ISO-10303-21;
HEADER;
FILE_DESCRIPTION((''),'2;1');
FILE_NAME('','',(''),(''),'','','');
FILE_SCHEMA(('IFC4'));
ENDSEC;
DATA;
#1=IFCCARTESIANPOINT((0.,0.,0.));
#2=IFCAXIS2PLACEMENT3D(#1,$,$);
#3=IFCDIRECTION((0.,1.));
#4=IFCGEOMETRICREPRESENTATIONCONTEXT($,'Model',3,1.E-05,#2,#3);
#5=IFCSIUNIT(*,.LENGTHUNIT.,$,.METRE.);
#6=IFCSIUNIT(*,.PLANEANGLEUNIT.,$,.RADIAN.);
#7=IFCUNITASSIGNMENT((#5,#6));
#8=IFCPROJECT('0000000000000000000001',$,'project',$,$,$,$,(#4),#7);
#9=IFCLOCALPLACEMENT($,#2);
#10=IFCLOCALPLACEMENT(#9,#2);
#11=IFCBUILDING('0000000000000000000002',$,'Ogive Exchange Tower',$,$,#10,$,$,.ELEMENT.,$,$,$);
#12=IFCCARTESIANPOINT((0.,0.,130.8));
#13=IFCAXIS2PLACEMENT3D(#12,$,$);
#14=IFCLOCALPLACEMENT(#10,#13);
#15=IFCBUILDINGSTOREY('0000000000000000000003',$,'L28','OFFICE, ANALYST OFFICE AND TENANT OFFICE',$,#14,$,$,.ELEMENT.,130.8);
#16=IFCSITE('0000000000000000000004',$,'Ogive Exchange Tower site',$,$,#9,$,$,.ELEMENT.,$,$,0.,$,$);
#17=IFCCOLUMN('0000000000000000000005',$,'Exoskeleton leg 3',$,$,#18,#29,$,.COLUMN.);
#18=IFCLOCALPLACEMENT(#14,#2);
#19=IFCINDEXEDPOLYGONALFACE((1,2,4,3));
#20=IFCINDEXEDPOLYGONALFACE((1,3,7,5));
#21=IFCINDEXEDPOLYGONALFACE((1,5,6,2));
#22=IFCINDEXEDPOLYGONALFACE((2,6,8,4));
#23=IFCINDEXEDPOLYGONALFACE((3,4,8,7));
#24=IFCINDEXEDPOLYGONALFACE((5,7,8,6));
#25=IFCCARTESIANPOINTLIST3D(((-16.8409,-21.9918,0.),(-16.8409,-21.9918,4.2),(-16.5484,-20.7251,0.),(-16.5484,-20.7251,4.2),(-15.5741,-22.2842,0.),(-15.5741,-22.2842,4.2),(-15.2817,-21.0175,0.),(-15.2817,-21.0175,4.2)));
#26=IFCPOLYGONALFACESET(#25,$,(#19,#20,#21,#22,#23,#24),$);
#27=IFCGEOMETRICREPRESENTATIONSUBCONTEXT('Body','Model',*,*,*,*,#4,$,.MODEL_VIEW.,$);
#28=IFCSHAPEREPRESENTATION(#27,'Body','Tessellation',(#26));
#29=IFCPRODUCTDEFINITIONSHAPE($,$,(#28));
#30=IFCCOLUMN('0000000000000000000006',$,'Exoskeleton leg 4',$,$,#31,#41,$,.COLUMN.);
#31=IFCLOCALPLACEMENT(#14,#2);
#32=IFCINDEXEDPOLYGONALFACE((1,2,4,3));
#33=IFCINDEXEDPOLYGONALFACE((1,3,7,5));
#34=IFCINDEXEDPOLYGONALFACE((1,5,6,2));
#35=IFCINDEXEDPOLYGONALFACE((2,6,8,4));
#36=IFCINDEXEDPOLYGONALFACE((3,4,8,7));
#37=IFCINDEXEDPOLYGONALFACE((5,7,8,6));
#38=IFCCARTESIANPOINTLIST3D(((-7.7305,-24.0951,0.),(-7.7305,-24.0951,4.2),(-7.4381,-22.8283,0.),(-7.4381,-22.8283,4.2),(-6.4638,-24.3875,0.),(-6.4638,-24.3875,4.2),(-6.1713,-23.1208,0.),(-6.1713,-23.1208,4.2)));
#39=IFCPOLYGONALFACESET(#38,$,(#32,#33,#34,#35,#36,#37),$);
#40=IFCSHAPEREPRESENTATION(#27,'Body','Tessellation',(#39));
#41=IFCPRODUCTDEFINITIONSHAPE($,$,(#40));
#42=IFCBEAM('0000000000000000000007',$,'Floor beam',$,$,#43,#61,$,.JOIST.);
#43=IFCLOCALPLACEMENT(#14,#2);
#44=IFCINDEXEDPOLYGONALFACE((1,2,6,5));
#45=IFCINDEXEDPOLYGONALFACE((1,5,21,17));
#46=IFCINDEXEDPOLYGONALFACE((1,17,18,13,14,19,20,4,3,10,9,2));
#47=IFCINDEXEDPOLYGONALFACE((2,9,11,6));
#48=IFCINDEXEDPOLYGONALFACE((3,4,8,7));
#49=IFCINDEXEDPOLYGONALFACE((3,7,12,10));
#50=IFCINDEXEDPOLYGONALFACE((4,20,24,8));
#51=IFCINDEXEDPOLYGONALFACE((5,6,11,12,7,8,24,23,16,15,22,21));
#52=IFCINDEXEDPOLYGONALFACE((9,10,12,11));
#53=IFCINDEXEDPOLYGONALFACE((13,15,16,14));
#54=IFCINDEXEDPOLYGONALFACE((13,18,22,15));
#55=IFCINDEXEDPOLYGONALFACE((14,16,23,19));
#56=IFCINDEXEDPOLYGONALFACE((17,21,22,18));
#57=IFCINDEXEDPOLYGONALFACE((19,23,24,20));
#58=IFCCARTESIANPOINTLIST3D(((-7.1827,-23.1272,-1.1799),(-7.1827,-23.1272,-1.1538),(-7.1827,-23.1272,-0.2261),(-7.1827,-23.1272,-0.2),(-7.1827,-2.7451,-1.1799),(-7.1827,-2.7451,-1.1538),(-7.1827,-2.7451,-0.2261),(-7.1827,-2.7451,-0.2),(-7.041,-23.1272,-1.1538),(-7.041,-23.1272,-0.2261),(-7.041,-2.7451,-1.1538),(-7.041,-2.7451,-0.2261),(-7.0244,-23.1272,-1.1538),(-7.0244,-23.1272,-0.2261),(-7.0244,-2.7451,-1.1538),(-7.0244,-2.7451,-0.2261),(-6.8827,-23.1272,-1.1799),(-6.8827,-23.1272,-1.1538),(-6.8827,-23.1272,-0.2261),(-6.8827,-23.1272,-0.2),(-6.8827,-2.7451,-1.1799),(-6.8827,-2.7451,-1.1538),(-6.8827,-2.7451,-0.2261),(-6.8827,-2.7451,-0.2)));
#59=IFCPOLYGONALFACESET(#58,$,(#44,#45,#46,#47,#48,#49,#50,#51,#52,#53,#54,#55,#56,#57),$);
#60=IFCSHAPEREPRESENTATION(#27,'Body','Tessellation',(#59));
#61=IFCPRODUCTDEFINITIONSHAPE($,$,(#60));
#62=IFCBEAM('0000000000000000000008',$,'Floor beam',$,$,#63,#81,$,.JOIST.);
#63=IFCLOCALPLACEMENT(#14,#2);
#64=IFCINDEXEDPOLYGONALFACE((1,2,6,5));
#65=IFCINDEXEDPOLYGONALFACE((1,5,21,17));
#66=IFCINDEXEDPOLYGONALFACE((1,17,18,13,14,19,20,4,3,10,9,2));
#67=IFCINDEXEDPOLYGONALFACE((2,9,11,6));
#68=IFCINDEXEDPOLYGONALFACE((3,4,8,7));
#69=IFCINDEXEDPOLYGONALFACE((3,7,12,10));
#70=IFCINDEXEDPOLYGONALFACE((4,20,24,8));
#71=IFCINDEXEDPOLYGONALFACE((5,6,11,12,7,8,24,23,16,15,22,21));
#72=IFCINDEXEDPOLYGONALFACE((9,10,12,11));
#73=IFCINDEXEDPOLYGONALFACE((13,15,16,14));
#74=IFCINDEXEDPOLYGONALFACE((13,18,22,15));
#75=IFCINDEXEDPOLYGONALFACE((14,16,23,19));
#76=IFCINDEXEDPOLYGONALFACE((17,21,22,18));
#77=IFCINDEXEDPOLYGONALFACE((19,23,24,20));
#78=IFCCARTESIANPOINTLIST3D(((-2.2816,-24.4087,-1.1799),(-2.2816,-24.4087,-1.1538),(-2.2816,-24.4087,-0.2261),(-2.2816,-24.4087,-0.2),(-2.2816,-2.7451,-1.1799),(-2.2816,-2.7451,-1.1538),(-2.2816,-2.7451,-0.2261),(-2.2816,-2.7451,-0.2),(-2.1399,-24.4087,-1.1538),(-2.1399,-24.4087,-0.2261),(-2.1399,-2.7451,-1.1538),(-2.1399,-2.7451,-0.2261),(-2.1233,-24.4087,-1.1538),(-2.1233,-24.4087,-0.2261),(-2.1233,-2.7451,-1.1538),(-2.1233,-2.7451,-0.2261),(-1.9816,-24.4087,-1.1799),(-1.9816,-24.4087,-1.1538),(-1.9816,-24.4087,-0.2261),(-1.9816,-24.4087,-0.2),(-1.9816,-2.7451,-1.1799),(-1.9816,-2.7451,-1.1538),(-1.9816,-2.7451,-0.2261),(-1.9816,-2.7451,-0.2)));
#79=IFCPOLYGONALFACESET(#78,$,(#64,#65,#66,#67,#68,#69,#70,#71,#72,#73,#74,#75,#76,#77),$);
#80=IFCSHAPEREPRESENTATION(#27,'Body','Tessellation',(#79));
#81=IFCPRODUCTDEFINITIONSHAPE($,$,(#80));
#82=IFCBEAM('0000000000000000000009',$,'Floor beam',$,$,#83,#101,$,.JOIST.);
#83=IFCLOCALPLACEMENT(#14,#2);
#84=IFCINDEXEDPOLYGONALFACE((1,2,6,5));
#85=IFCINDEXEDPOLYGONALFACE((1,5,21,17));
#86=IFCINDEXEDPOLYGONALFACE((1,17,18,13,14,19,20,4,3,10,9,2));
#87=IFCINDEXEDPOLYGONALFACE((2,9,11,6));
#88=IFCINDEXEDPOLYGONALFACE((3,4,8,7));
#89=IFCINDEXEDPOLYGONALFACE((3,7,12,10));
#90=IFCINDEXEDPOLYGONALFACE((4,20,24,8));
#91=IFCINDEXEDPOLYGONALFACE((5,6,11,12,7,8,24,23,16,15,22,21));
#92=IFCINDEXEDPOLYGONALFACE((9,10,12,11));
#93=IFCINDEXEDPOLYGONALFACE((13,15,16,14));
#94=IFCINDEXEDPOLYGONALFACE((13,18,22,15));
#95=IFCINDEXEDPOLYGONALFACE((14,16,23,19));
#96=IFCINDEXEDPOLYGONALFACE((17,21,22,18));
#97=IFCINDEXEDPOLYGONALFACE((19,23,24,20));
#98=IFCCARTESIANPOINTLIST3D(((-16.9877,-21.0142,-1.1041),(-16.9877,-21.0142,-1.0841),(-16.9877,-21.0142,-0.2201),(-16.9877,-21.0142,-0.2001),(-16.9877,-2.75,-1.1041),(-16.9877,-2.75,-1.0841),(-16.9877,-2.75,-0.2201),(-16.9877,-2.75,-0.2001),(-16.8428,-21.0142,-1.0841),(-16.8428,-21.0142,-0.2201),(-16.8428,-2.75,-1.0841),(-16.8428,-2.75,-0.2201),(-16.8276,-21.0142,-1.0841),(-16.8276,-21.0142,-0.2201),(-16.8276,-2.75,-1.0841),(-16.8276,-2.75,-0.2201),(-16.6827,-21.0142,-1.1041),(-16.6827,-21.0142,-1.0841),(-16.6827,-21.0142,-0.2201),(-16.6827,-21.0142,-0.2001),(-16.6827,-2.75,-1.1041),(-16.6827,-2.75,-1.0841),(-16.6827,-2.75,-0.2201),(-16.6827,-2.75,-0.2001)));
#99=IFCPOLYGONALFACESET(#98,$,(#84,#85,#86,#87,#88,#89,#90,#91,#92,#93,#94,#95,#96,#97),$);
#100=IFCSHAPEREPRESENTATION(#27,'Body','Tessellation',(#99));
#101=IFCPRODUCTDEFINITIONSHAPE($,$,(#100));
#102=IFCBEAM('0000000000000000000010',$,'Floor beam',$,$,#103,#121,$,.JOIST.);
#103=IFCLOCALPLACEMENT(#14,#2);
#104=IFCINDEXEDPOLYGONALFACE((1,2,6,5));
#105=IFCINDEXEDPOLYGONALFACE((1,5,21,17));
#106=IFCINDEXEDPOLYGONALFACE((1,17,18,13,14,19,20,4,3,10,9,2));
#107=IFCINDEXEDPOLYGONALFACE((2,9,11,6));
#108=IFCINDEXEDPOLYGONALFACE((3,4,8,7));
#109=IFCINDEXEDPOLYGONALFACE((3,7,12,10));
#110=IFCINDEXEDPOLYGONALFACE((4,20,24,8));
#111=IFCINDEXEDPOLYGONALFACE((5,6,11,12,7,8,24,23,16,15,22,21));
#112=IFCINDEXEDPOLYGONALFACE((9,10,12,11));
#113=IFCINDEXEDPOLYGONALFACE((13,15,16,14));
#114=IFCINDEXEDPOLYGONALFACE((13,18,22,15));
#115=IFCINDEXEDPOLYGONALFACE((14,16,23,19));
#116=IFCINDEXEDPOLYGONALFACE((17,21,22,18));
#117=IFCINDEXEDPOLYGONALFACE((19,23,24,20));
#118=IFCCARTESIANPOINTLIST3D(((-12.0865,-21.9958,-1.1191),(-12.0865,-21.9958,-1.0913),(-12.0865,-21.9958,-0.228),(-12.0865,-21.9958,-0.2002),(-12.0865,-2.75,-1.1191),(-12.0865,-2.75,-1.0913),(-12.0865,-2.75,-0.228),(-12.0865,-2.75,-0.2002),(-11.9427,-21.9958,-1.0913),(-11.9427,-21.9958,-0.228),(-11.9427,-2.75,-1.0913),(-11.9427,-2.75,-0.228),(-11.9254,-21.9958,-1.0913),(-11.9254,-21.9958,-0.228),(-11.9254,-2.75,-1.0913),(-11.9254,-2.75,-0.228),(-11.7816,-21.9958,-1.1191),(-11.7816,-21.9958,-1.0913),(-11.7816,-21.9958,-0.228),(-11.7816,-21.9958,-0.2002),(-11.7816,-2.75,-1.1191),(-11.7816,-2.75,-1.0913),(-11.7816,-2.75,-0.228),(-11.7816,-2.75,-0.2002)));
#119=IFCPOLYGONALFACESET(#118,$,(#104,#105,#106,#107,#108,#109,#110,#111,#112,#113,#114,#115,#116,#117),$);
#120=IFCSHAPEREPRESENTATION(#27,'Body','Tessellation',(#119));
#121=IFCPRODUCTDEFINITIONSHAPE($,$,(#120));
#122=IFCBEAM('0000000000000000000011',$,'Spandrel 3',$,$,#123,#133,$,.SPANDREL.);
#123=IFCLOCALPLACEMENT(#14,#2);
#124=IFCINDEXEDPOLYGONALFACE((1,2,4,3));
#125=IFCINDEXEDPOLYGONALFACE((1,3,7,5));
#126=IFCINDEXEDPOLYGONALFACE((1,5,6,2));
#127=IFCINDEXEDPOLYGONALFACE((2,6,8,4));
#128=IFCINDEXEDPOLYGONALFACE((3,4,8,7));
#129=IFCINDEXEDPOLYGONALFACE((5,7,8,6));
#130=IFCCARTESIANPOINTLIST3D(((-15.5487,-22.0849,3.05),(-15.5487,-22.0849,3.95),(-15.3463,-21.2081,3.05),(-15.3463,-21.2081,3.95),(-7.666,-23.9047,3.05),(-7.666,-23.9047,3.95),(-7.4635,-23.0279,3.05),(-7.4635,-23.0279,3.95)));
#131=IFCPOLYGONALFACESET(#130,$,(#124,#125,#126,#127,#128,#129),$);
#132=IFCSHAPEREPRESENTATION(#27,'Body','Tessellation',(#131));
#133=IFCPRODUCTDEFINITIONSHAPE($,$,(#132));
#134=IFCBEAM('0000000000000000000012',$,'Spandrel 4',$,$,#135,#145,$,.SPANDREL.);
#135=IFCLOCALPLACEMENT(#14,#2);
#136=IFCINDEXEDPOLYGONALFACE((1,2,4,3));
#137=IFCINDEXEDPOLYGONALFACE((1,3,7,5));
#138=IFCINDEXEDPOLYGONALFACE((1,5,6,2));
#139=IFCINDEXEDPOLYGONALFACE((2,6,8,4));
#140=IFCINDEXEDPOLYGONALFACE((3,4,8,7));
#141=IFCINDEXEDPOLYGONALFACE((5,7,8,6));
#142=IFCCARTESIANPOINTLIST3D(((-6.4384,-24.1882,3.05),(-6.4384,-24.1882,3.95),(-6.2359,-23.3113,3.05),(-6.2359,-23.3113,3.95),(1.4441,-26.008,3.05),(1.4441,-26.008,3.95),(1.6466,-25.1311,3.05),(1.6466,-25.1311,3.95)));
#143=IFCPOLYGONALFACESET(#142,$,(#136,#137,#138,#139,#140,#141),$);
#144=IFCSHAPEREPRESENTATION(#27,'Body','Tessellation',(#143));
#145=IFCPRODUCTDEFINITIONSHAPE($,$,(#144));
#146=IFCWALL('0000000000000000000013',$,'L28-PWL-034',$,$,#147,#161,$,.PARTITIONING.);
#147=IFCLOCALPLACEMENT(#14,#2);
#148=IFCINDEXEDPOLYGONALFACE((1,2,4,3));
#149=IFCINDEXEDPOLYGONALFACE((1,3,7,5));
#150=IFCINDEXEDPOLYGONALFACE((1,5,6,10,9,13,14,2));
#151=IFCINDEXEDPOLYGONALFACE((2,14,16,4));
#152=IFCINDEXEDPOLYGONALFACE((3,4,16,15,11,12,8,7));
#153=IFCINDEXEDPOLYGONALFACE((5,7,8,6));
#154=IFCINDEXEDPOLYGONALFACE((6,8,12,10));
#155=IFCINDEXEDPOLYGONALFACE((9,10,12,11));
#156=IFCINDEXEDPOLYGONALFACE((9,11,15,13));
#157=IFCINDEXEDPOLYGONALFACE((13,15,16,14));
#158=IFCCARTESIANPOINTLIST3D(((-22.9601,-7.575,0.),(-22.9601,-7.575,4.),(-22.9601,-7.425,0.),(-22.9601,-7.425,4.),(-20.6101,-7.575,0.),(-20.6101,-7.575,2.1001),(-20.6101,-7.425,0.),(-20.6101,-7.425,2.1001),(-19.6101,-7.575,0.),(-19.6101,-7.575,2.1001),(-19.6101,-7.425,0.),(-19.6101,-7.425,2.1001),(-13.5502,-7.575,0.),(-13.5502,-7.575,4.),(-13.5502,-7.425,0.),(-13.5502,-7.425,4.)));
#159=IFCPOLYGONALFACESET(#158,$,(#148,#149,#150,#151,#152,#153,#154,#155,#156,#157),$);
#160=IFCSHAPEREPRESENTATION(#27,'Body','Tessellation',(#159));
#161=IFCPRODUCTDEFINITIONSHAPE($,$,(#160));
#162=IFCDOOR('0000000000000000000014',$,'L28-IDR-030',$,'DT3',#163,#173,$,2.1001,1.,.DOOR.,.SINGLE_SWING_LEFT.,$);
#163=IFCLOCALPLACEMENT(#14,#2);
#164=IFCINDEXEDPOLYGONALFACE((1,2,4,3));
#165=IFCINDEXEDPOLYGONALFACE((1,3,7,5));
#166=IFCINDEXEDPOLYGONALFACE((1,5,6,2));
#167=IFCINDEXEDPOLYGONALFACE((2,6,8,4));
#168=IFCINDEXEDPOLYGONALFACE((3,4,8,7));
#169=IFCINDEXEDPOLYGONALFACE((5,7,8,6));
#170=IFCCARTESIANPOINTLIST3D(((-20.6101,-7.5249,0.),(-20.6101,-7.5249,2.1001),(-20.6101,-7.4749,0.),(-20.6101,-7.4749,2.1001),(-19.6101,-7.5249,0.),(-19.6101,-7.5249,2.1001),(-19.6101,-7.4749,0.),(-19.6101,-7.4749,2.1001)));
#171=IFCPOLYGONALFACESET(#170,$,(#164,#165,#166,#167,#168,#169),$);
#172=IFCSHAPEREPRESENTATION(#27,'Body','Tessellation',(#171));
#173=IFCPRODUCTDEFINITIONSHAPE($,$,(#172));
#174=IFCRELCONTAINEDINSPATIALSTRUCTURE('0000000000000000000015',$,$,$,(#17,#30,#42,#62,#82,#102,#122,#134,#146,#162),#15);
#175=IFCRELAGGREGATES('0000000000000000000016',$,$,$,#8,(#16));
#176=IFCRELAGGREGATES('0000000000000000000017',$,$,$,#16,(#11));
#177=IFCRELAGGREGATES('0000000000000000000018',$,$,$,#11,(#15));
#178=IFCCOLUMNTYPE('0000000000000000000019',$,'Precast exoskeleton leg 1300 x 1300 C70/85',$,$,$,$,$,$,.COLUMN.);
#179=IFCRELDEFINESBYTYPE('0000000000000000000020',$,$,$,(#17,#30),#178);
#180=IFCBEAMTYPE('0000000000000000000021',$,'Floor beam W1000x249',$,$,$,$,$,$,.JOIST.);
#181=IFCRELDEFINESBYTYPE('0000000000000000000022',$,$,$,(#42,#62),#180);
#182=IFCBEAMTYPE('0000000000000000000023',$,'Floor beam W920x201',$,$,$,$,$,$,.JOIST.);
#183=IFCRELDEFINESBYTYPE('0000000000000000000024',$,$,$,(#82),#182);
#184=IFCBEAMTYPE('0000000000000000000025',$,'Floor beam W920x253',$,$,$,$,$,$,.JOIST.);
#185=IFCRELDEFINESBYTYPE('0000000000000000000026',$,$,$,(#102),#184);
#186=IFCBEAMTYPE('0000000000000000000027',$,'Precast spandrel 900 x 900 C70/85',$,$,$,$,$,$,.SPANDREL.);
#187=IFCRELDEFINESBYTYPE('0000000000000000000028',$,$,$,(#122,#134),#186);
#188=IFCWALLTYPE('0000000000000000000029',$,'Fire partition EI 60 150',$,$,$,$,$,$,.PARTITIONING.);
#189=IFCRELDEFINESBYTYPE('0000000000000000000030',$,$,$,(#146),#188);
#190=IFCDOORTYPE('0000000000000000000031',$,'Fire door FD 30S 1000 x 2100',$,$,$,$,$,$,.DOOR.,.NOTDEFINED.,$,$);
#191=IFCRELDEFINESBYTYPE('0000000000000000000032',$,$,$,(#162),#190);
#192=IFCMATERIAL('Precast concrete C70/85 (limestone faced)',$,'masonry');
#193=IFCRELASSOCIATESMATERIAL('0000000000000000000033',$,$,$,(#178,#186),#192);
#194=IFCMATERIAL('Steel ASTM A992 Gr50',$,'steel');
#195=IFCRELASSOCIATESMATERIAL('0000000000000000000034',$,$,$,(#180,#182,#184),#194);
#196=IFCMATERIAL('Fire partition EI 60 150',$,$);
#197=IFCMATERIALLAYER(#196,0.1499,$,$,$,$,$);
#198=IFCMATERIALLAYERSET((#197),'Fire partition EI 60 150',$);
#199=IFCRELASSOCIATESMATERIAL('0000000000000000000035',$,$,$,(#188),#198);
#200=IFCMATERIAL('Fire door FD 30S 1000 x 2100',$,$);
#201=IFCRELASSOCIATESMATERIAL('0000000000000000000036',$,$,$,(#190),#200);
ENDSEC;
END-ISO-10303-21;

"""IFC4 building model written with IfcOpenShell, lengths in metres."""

from ifc_helpers import new_model, si_unit, direction, frame, frame_2d, origin, origin_2d, place, context, subcontext, project, spatial, rectangle, i_section, extrude, material, layer, layer_set, material_profile, profile_set, type_object, element, fill, save


model = new_model("IFC4")

# Units and contexts
model_context = context("Model", 3, precision=1e-05, world=origin(), true_north=direction((0.0, 1.0)))
body_context = subcontext(model_context, "Body", "Model", "MODEL_VIEW")
ifc_project = project(units=[si_unit("LENGTHUNIT", "METRE"), si_unit("PLANEANGLEUNIT", "RADIAN")], contexts=[model_context])

# Site, building, storey
site_placement = place(None, origin())
site = spatial("IfcSite", under=ifc_project, at=site_placement, Name="Ogive Exchange Tower site", CompositionType="ELEMENT", RefElevation=0.0)
building_placement = place(site_placement, origin())
building = spatial("IfcBuilding", under=site, at=building_placement, Name="Ogive Exchange Tower", CompositionType="ELEMENT")
storey_placement = place(building_placement, frame((0.0, 0.0, 130.8)))
storey = spatial("IfcBuildingStorey", under=building, at=storey_placement, Name="L28", Description="OFFICE, ANALYST OFFICE AND TENANT OFFICE", CompositionType="ELEMENT", Elevation=130.8)

# Columns
ifc_material_1 = material(Name="Precast concrete C70/85 (limestone faced)", Category="masonry")
ifc_material_profile_1 = material_profile(ifc_material_1, rectangle(XDim=1.3, YDim=1.3, at=origin_2d()), Name="1300 x 1300")
ifc_profile_set_1 = profile_set([ifc_material_profile_1], Name="Precast concrete C70/85 (limestone faced)")
column_type = type_object("IfcColumnType", Name="Precast exoskeleton leg 1300 x 1300 C70/85", PredefinedType="COLUMN", material=ifc_profile_set_1)
for number, where, z_axis, x_axis, name in (
    (1, (-16.0613, -21.5046, 0.0), (0.0, 0.0, 1.0), (0.97437, -0.224951, 0.0), "Exoskeleton leg 3"),
    (2, (-6.9509, -23.6079, 0.0), (0.0, 0.0, 1.0), (0.97437, -0.224951, 0.0), "Exoskeleton leg 4"),
):
    element("IfcColumn", number, at=place(storey_placement, frame(where, z_axis=z_axis, x_axis=x_axis)), inside=storey, type_object=column_type, Name=name, PredefinedType="COLUMN", context=body_context, shape_type="SweptSolid", body=[
        extrude(rectangle(XDim=1.3, YDim=1.3, at=origin_2d()), origin(), (0.0, 0.0, 1.0), 4.2),
    ])

# Beams
ifc_material_2 = material(Name="Steel ASTM A992 Gr50", Category="steel")
ifc_material_profile_2 = material_profile(ifc_material_2, i_section(OverallWidth=0.3, OverallDepth=0.98, WebThickness=0.0166, FlangeThickness=0.0261, at=origin_2d()), Name="W1000x249")
ifc_profile_set_2 = profile_set([ifc_material_profile_2], Name="Steel ASTM A992 Gr50")
beam_type_1 = type_object("IfcBeamType", Name="Floor beam W1000x249", PredefinedType="JOIST", material=ifc_profile_set_2)
beam_1_placement = place(storey_placement, frame((-7.0327, -23.1272, -0.6899), z_axis=(0.0, 1.0, 0.0), x_axis=(-1.0, 0.0, 0.0)))
element("IfcBeam", 3, at=beam_1_placement, inside=storey, type_object=beam_type_1, Name="Floor beam", PredefinedType="JOIST", context=body_context, shape_type="SweptSolid", body=[
    extrude(i_section(OverallWidth=0.3, OverallDepth=0.98, WebThickness=0.0166, FlangeThickness=0.0261, at=origin_2d()), origin(), (0.0, 0.0, 1.0), 20.3821),
])
beam_2_placement = place(storey_placement, frame((-2.1316, -24.4087, -0.6899), z_axis=(0.0, 1.0, 0.0), x_axis=(-1.0, 0.0, 0.0)))
element("IfcBeam", 4, at=beam_2_placement, inside=storey, type_object=beam_type_1, Name="Floor beam", PredefinedType="JOIST", context=body_context, shape_type="SweptSolid", body=[
    extrude(i_section(OverallWidth=0.3, OverallDepth=0.98, WebThickness=0.0166, FlangeThickness=0.0261, at=origin_2d()), origin(), (0.0, 0.0, 1.0), 21.6636),
])
ifc_material_profile_3 = material_profile(ifc_material_2, i_section(OverallWidth=0.3049, OverallDepth=0.9041, WebThickness=0.0151, FlangeThickness=0.02, at=origin_2d()), Name="W920x201")
ifc_profile_set_3 = profile_set([ifc_material_profile_3], Name="Steel ASTM A992 Gr50")
beam_type_2 = type_object("IfcBeamType", Name="Floor beam W920x201", PredefinedType="JOIST", material=ifc_profile_set_3)
beam_3_placement = place(storey_placement, frame((-16.8352, -21.0142, -0.6521), z_axis=(0.0, 1.0, 0.0), x_axis=(-1.0, 0.0, 0.0)))
element("IfcBeam", 5, at=beam_3_placement, inside=storey, type_object=beam_type_2, Name="Floor beam", PredefinedType="JOIST", context=body_context, shape_type="SweptSolid", body=[
    extrude(i_section(OverallWidth=0.3049, OverallDepth=0.9041, WebThickness=0.0151, FlangeThickness=0.02, at=origin_2d()), origin(), (0.0, 0.0, 1.0), 18.2642),
])
ifc_material_profile_4 = material_profile(ifc_material_2, i_section(OverallWidth=0.3049, OverallDepth=0.9189, WebThickness=0.0173, FlangeThickness=0.0278, at=origin_2d()), Name="W920x253")
ifc_profile_set_4 = profile_set([ifc_material_profile_4], Name="Steel ASTM A992 Gr50")
beam_type_3 = type_object("IfcBeamType", Name="Floor beam W920x253", PredefinedType="JOIST", material=ifc_profile_set_4)
beam_4_placement = place(storey_placement, frame((-11.9341, -21.9958, -0.6597), z_axis=(0.0, 1.0, 0.0), x_axis=(-1.0, 0.0, 0.0)))
element("IfcBeam", 6, at=beam_4_placement, inside=storey, type_object=beam_type_3, Name="Floor beam", PredefinedType="JOIST", context=body_context, shape_type="SweptSolid", body=[
    extrude(i_section(OverallWidth=0.3049, OverallDepth=0.9189, WebThickness=0.0173, FlangeThickness=0.0278, at=origin_2d()), origin(), (0.0, 0.0, 1.0), 19.2458),
])
ifc_material_profile_5 = material_profile(ifc_material_1, rectangle(XDim=0.8999, YDim=0.8999, at=origin_2d()), Name="900 x 900")
ifc_profile_set_5 = profile_set([ifc_material_profile_5], Name="Precast concrete C70/85 (limestone faced)")
beam_type_4 = type_object("IfcBeamType", Name="Precast spandrel 900 x 900 C70/85", PredefinedType="SPANDREL", material=ifc_profile_set_5)
beam_5_placement = place(storey_placement, frame((-15.4475, -21.6465, 3.5), z_axis=(0.974372, -0.224943, 0.0), x_axis=(0.224943, 0.974372, 0.0)))
element("IfcBeam", 7, at=beam_5_placement, inside=storey, type_object=beam_type_4, Name="Spandrel 3", PredefinedType="SPANDREL", context=body_context, shape_type="SweptSolid", body=[
    extrude(rectangle(XDim=0.8999, YDim=0.8999, at=origin_2d()), origin(), (0.0, 0.0, 1.0), 8.0901),
])
beam_6_placement = place(storey_placement, frame((-6.3372, -23.7498, 3.5), z_axis=(0.97437, -0.22495, 0.0), x_axis=(0.22495, 0.97437, 0.0)))
element("IfcBeam", 8, at=beam_6_placement, inside=storey, type_object=beam_type_4, Name="Spandrel 4", PredefinedType="SPANDREL", context=body_context, shape_type="SweptSolid", body=[
    extrude(rectangle(XDim=0.8999, YDim=0.8999, at=origin_2d()), origin(), (0.0, 0.0, 1.0), 8.0898),
])

# Wall, opening, door
ifc_material_3 = material(Name="Fire partition EI 60 150")
ifc_layer_1 = layer(ifc_material_3, 0.1499)
ifc_layer_set_1 = layer_set([ifc_layer_1], Name="Fire partition EI 60 150")
wall_type_1 = type_object("IfcWallType", Name="Fire partition EI 60 150", PredefinedType="PARTITIONING", material=ifc_layer_set_1)
wall_1_placement = place(storey_placement, frame((-13.55, -7.5, 0.0), z_axis=(0.0, 0.0, 1.0), x_axis=(-1.0, 0.0, 0.0)))
wall_1 = element("IfcWall", 9, at=wall_1_placement, inside=storey, type_object=wall_type_1, Name="L28-PWL-034", PredefinedType="PARTITIONING", context=body_context, shape_type="SweptSolid", body=[
    extrude(rectangle(XDim=9.4099, YDim=0.1499, at=frame_2d((4.7051, 0.0))), origin(), (0.0, 0.0, 1.0), 4.0),
])
opening_1_placement = place(wall_1_placement, frame((6.0601, 0.0, 0.0)))
opening_1 = element("IfcOpeningElement", 10, at=opening_1_placement, cuts=wall_1, PredefinedType="OPENING", context=body_context, shape_type="SweptSolid", body=[
    extrude(rectangle(XDim=1.0, YDim=2.1001, at=frame_2d((0.5, 1.05))), frame((0.0, 0.085, 0.0), z_axis=(0.0, -1.0, 0.0), x_axis=(1.0, 0.0, 0.0)), (0.0, 0.0, 1.0), 0.1699),
])
ifc_material_4 = material(Name="Fire door FD 30S 1000 x 2100")
door_type_1 = type_object("IfcDoorType", Name="Fire door FD 30S 1000 x 2100", OperationType="NOTDEFINED", PredefinedType="DOOR", material=ifc_material_4)
door_1_placement = place(opening_1_placement, origin())
door_1 = element("IfcDoor", 11, at=door_1_placement, inside=storey, type_object=door_type_1, Name="L28-IDR-030", ObjectType="DT3", OperationType="SINGLE_SWING_LEFT", OverallHeight=2.1001, OverallWidth=1.0, PredefinedType="DOOR", context=body_context, shape_type="SweptSolid", body=[
    extrude(rectangle(XDim=1.0, YDim=2.1001, at=frame_2d((0.5, 1.05))), frame((0.0, 0.0249, 0.0), z_axis=(0.0, -1.0, 0.0), x_axis=(1.0, 0.0, 0.0)), (0.0, 0.0, 1.0), 0.05),
])
fill(opening_1, door_1)

save(model, "model.ifc")
